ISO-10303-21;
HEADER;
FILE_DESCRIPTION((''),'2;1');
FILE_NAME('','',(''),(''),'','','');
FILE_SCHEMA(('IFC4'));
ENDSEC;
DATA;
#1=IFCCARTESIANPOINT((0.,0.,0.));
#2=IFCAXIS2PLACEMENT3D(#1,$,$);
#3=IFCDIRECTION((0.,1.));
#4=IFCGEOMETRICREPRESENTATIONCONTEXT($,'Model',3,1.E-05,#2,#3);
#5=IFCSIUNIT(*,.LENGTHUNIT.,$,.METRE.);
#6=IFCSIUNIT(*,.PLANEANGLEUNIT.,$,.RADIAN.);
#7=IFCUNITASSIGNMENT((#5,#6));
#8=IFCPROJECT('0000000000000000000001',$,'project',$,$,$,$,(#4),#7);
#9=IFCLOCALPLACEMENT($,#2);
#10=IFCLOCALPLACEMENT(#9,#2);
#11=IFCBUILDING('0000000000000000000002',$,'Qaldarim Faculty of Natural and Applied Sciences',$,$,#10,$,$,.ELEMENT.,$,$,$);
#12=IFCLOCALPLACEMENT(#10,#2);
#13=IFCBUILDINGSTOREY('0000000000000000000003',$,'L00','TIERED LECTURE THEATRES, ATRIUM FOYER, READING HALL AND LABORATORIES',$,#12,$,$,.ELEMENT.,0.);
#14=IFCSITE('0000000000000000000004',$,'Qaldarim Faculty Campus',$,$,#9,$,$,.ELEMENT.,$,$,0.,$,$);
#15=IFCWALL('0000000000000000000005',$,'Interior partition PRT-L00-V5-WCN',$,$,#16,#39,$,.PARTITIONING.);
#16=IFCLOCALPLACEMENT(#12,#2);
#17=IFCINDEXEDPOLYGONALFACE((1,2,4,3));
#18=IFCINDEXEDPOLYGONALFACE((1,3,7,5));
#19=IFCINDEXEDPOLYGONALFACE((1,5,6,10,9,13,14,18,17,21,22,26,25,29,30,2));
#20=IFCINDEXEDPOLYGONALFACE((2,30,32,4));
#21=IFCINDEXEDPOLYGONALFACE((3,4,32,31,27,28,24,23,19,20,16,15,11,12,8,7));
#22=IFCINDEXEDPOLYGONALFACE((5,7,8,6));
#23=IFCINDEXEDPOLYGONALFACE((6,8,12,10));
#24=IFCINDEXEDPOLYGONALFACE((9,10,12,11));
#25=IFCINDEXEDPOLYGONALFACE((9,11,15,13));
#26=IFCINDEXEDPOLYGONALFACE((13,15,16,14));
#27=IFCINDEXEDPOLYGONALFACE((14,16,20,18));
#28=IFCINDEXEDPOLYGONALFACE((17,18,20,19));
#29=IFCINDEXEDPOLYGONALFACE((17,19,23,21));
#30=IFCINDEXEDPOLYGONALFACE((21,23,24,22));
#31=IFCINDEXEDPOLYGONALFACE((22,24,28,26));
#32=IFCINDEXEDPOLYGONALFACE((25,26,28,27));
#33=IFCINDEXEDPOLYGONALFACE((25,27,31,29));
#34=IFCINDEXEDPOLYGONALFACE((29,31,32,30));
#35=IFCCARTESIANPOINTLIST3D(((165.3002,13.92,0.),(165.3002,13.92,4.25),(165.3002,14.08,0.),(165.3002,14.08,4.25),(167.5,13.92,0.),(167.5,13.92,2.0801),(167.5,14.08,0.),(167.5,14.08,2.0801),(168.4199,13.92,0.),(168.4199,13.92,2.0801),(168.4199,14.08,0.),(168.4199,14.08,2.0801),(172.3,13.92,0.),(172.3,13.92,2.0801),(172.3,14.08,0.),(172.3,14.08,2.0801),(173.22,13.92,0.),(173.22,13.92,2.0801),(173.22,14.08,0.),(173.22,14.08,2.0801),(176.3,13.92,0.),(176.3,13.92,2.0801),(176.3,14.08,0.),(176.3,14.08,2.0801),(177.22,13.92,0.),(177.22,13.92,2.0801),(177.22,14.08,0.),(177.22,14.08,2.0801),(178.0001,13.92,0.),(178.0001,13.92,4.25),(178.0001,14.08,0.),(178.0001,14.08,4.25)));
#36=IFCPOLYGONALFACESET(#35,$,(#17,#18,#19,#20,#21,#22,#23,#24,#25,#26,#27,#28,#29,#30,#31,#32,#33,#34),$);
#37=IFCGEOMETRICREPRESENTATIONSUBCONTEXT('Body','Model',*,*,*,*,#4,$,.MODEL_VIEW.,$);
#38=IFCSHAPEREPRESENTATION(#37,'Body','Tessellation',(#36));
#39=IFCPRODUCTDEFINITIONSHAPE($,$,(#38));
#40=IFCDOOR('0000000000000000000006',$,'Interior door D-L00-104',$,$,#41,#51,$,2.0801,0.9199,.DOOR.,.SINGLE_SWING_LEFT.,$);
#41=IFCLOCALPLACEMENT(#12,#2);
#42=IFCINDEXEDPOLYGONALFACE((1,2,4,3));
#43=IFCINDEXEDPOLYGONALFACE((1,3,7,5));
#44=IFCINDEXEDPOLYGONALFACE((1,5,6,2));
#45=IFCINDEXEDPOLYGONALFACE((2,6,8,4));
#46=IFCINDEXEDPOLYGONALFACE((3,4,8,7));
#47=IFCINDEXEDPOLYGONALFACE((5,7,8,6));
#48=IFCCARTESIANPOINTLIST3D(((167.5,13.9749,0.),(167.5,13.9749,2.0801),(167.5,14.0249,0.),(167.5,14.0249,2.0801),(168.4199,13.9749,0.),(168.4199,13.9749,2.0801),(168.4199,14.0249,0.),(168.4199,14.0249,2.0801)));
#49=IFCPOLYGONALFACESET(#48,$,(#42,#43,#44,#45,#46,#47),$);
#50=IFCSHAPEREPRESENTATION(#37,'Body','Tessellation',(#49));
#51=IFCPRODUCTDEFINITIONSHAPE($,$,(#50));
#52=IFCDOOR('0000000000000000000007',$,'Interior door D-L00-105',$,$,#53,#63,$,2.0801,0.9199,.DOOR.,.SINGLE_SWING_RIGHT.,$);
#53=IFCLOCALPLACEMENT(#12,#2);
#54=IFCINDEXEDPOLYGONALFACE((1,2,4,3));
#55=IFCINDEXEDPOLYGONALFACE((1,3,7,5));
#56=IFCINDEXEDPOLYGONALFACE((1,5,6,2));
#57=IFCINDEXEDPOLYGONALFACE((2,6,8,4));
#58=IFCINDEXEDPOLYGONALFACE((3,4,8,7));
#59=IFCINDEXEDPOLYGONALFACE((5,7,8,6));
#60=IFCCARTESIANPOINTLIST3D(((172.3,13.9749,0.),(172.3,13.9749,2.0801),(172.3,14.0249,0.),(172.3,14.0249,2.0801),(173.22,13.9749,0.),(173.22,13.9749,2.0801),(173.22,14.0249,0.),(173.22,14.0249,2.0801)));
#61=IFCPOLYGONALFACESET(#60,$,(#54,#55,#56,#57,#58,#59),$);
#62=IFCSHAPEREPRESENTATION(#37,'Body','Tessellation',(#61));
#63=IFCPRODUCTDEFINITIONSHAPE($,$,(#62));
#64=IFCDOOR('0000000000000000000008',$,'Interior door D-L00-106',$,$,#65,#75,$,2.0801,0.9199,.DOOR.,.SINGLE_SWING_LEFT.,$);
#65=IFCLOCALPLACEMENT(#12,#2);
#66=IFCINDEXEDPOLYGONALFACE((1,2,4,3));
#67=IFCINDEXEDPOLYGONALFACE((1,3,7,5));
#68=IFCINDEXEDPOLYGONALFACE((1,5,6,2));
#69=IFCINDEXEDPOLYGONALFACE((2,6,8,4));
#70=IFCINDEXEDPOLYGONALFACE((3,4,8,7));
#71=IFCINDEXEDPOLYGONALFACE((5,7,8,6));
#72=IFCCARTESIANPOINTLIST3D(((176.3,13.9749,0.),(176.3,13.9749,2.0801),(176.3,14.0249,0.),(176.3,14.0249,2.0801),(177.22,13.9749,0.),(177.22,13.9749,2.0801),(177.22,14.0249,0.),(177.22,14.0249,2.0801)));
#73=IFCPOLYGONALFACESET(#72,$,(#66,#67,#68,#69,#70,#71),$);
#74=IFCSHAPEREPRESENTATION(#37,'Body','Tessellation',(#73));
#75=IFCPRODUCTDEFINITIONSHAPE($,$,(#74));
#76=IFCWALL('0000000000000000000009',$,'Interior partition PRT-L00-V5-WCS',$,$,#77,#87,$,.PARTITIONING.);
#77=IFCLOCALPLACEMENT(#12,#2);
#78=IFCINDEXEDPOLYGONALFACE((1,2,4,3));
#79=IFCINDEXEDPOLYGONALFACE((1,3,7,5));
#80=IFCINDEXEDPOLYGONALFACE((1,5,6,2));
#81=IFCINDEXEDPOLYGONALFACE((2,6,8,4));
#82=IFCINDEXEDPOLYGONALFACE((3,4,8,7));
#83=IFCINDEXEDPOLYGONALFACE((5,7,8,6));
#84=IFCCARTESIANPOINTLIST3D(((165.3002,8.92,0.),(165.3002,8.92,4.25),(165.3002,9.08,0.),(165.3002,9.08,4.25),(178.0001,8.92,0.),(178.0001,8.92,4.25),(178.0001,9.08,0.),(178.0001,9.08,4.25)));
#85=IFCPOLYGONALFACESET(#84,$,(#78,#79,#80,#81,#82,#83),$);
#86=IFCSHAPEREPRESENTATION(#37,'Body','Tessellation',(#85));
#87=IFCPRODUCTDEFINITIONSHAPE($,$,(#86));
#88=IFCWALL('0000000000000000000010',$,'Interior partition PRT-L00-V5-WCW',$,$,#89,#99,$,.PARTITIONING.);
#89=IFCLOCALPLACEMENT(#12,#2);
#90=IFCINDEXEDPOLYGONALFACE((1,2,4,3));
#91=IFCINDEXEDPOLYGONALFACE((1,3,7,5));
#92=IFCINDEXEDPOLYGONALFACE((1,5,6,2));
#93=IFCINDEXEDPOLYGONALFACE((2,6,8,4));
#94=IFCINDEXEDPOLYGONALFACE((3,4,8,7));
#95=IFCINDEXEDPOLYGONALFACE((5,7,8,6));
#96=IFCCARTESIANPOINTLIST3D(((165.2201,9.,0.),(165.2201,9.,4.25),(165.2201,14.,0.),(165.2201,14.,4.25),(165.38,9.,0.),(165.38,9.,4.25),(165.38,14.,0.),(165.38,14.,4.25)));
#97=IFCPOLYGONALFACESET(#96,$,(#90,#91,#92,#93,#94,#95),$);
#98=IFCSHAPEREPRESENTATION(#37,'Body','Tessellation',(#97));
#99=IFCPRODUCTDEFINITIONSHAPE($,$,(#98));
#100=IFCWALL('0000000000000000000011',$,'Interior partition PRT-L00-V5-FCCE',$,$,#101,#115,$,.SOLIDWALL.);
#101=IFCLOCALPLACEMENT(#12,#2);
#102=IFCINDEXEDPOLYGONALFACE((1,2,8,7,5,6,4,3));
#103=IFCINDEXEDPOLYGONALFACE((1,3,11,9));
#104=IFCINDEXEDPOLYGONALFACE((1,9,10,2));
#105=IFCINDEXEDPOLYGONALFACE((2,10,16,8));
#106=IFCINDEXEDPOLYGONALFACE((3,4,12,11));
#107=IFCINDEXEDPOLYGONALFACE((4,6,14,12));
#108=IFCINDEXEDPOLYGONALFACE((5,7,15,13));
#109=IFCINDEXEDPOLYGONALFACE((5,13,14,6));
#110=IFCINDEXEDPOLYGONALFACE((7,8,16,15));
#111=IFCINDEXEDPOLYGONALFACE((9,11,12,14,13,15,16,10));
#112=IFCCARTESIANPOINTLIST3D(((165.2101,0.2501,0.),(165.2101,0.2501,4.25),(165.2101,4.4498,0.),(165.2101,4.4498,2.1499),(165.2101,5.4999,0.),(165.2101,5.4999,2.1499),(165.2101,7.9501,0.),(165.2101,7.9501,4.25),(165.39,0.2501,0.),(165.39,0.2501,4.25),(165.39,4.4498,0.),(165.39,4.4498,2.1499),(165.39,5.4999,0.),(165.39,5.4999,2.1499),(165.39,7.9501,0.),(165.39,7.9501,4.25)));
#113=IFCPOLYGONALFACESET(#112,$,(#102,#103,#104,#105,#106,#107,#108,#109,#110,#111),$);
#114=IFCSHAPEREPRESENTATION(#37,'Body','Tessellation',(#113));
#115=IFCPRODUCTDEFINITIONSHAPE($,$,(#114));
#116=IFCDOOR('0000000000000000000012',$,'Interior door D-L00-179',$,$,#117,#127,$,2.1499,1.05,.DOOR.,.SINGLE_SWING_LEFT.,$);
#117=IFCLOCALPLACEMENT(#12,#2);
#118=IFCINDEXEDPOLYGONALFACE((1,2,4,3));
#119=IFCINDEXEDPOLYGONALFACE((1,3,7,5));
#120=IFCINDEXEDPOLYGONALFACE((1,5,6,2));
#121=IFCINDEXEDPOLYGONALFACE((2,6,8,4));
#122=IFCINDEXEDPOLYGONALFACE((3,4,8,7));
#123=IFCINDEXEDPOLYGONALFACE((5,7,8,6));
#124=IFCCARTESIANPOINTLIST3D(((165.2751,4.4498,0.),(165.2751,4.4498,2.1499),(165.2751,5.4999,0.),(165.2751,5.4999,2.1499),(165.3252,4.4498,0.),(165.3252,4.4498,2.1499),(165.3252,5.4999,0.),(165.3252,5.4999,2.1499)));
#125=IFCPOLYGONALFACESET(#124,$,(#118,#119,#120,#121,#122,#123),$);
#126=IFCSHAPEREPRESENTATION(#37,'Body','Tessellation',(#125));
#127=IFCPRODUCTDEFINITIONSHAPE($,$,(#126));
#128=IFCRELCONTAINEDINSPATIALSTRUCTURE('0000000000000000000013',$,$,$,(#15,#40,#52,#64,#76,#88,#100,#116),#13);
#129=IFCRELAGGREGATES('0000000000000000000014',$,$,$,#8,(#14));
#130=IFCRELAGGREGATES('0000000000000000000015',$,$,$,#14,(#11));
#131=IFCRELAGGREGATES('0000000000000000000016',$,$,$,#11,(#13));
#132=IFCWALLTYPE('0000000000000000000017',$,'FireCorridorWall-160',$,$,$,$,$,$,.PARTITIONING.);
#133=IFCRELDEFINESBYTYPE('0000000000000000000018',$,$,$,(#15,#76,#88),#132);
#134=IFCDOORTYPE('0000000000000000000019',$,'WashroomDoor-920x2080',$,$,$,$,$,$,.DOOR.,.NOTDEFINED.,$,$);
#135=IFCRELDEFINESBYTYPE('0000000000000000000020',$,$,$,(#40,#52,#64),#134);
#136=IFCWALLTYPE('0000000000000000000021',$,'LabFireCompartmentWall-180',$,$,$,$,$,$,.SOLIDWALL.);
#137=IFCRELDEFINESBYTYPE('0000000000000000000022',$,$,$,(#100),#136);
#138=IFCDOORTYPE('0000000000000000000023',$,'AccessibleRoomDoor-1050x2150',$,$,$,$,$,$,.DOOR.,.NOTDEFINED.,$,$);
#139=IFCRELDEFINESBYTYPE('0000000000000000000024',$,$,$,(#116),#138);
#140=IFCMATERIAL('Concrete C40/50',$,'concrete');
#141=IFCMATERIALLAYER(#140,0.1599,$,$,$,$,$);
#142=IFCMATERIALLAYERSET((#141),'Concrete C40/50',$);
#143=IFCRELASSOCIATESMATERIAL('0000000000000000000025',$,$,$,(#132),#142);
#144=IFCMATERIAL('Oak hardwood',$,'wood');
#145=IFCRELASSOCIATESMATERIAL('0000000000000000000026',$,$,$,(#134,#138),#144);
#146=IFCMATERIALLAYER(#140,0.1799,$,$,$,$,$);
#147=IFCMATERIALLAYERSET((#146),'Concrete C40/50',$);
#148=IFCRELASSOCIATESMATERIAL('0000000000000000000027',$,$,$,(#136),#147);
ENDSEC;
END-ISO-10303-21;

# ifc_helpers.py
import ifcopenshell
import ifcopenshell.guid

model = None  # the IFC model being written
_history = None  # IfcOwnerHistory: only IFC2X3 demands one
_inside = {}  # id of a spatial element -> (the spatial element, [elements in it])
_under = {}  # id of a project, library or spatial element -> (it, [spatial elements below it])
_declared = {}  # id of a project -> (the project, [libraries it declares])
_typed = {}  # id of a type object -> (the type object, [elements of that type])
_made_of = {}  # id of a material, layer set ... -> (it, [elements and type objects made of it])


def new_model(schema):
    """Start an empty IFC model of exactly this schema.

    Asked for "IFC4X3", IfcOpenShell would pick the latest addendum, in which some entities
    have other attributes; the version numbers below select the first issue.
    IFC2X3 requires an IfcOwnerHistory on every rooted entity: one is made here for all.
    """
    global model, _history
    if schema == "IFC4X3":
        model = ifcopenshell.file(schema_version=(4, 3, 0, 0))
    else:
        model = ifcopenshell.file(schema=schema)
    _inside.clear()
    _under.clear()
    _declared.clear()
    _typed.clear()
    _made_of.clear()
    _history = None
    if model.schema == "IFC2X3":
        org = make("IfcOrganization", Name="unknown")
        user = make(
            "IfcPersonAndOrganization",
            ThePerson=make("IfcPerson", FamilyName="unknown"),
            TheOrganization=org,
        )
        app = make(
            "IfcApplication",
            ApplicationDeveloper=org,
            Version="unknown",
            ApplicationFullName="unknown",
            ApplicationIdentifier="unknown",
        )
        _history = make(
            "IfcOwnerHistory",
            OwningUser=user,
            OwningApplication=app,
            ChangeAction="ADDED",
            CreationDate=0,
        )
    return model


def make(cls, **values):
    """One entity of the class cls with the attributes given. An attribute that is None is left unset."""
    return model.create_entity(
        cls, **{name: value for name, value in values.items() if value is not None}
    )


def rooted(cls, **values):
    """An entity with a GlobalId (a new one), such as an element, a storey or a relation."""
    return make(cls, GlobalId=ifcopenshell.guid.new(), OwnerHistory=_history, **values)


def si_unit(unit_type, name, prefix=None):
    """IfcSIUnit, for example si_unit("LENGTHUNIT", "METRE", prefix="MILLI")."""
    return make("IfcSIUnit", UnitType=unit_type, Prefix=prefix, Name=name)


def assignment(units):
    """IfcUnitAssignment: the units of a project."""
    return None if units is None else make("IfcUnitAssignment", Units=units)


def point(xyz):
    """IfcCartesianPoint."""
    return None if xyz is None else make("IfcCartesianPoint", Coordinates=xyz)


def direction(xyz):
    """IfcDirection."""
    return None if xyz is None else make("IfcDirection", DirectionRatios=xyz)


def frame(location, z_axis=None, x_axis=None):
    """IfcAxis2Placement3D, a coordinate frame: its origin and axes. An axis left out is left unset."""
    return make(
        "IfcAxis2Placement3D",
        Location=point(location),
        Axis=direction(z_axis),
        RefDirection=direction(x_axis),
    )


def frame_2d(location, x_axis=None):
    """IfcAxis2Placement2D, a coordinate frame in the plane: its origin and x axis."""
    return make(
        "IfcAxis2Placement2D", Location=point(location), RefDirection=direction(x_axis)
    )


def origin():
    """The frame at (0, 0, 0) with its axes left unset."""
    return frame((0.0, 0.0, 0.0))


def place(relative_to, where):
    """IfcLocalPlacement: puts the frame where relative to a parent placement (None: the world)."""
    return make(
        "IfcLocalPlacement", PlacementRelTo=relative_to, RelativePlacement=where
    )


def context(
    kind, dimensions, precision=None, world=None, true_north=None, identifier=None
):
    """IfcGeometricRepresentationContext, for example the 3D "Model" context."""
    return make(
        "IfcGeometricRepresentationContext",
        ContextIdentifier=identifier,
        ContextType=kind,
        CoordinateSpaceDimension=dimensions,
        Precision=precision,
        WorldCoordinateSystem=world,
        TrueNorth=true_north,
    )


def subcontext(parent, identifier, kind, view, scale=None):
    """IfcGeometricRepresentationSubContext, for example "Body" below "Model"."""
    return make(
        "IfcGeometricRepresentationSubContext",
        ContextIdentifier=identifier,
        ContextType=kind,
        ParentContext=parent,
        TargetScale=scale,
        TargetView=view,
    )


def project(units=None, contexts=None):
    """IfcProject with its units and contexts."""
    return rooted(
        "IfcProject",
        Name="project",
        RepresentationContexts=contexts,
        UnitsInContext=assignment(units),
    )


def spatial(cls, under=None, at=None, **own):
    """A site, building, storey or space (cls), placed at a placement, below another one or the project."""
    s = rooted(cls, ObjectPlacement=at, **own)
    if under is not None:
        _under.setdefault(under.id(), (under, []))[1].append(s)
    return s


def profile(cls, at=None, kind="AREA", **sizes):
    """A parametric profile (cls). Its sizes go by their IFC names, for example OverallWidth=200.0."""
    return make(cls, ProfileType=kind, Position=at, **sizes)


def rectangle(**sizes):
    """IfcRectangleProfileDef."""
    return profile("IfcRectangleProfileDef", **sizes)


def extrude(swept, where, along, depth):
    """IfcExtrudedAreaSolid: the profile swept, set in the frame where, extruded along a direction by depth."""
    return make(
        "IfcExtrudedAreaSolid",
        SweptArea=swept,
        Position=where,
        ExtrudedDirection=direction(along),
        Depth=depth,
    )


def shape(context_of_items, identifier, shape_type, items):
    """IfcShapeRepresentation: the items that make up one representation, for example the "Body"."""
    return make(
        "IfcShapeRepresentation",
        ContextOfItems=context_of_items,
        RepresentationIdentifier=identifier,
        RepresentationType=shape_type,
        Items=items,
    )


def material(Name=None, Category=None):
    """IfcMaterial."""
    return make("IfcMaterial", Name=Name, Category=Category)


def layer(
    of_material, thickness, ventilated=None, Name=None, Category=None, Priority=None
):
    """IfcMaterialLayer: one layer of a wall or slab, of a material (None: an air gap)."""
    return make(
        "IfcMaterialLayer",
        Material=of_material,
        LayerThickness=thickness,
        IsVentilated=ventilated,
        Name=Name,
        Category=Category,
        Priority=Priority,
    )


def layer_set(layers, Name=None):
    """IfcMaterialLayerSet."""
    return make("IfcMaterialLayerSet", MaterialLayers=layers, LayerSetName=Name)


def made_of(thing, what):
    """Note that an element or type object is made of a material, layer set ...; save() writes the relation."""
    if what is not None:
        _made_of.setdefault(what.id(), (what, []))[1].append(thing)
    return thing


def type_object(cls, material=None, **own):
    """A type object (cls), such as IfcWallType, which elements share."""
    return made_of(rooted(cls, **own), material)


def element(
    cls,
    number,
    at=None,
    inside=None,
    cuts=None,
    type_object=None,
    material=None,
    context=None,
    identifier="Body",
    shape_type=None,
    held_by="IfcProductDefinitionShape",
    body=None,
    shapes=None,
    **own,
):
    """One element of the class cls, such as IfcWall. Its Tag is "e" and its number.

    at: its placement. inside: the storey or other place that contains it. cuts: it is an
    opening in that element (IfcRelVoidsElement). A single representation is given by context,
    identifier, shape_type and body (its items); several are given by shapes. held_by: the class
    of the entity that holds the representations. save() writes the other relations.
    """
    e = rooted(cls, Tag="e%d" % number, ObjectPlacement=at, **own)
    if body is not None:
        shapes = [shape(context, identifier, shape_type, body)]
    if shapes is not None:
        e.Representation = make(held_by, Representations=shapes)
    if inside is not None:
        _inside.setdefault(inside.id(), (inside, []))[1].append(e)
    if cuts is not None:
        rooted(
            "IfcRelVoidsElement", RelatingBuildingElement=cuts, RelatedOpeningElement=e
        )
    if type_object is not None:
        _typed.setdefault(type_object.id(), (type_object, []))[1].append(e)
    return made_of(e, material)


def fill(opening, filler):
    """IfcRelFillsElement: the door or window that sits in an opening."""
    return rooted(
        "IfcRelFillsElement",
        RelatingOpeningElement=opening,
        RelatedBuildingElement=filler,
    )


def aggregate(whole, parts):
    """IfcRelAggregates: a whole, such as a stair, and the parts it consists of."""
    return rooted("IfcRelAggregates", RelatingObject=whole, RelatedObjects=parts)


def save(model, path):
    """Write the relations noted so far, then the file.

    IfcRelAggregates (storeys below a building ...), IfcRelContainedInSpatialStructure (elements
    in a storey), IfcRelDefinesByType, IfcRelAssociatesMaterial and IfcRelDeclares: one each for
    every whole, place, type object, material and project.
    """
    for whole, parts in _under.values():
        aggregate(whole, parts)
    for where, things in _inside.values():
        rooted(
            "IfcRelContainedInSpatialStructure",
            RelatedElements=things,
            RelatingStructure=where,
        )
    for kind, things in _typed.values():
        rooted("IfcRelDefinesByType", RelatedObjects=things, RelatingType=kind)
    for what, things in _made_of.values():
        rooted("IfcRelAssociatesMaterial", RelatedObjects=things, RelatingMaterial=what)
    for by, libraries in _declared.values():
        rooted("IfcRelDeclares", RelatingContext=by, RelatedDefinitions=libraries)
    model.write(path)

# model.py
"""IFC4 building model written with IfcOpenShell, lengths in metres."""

from ifc_helpers import new_model, si_unit, direction, frame, frame_2d, origin, place, context, subcontext, project, spatial, rectangle, extrude, material, layer, layer_set, type_object, element, fill, save


model = new_model("IFC4")

# Units and contexts
model_context = context("Model", 3, precision=1e-05, world=origin(), true_north=direction((0.0, 1.0)))
body_context = subcontext(model_context, "Body", "Model", "MODEL_VIEW")
ifc_project = project(units=[si_unit("LENGTHUNIT", "METRE"), si_unit("PLANEANGLEUNIT", "RADIAN")], contexts=[model_context])

# Site, building, storey
site_placement = place(None, origin())
site = spatial("IfcSite", under=ifc_project, at=site_placement, Name="Qaldarim Faculty Campus", CompositionType="ELEMENT", RefElevation=0.0)
building_placement = place(site_placement, origin())
building = spatial("IfcBuilding", under=site, at=building_placement, Name="Qaldarim Faculty of Natural and Applied Sciences", CompositionType="ELEMENT")
storey_placement = place(building_placement, origin())
storey = spatial("IfcBuildingStorey", under=building, at=storey_placement, Name="L00", Description="TIERED LECTURE THEATRES, ATRIUM FOYER, READING HALL AND LABORATORIES", CompositionType="ELEMENT", Elevation=0.0)

# Shared definitions
ifc_material_1 = material(Name="Concrete C40/50", Category="concrete")

# Wall, openings, doors
ifc_layer_1 = layer(ifc_material_1, 0.1599)
ifc_layer_set_1 = layer_set([ifc_layer_1], Name="Concrete C40/50")
wall_type_1 = type_object("IfcWallType", Name="FireCorridorWall-160", PredefinedType="PARTITIONING", material=ifc_layer_set_1)
wall_1_placement = place(storey_placement, frame((165.3, 14.0, 0.0), z_axis=(0.0, 0.0, 1.0), x_axis=(1.0, 0.0, 0.0)))
wall_1 = element("IfcWall", 1, at=wall_1_placement, inside=storey, type_object=wall_type_1, Name="Interior partition PRT-L00-V5-WCN", PredefinedType="PARTITIONING", context=body_context, shape_type="SweptSolid", body=[
    extrude(rectangle(XDim=12.7, YDim=0.1599, at=frame_2d((6.3501, 0.0))), origin(), (0.0, 0.0, 1.0), 4.25),
])
opening_1_placement = place(wall_1_placement, frame((2.2, 0.0, 0.0)))
opening_1 = element("IfcOpeningElement", 2, at=opening_1_placement, cuts=wall_1, PredefinedType="OPENING", context=body_context, shape_type="SweptSolid", body=[
    extrude(rectangle(XDim=0.9199, YDim=2.0801, at=frame_2d((0.46, 1.04))), frame((0.0, 0.0898, 0.0), z_axis=(0.0, -1.0, 0.0), x_axis=(1.0, 0.0, 0.0)), (0.0, 0.0, 1.0), 0.1799),
])
opening_2_placement = place(wall_1_placement, frame((7.0, 0.0, 0.0)))
opening_2 = element("IfcOpeningElement", 3, at=opening_2_placement, cuts=wall_1, PredefinedType="OPENING", context=body_context, shape_type="SweptSolid", body=[
    extrude(rectangle(XDim=0.9199, YDim=2.0801, at=frame_2d((0.46, 1.04))), frame((0.0, 0.0898, 0.0), z_axis=(0.0, -1.0, 0.0), x_axis=(1.0, 0.0, 0.0)), (0.0, 0.0, 1.0), 0.1799),
])
opening_3_placement = place(wall_1_placement, frame((11.0, 0.0, 0.0)))
opening_3 = element("IfcOpeningElement", 4, at=opening_3_placement, cuts=wall_1, PredefinedType="OPENING", context=body_context, shape_type="SweptSolid", body=[
    extrude(rectangle(XDim=0.9199, YDim=2.0801, at=frame_2d((0.46, 1.04))), frame((0.0, 0.0898, 0.0), z_axis=(0.0, -1.0, 0.0), x_axis=(1.0, 0.0, 0.0)), (0.0, 0.0, 1.0), 0.1799),
])
ifc_material_2 = material(Name="Oak hardwood", Category="wood")
door_type_1 = type_object("IfcDoorType", Name="WashroomDoor-920x2080", OperationType="NOTDEFINED", PredefinedType="DOOR", material=ifc_material_2)
door_1_placement = place(opening_1_placement, origin())
door_1 = element("IfcDoor", 5, at=door_1_placement, inside=storey, type_object=door_type_1, Name="Interior door D-L00-104", OperationType="SINGLE_SWING_LEFT", OverallHeight=2.0801, OverallWidth=0.9199, PredefinedType="DOOR", context=body_context, shape_type="SweptSolid", body=[
    extrude(rectangle(XDim=0.9199, YDim=2.0801, at=frame_2d((0.46, 1.04))), frame((0.0, 0.0249, 0.0), z_axis=(0.0, -1.0, 0.0), x_axis=(1.0, 0.0, 0.0)), (0.0, 0.0, 1.0), 0.05),
])
fill(opening_1, door_1)
door_2_placement = place(opening_2_placement, origin())
door_2 = element("IfcDoor", 6, at=door_2_placement, inside=storey, type_object=door_type_1, Name="Interior door D-L00-105", OperationType="SINGLE_SWING_RIGHT", OverallHeight=2.0801, OverallWidth=0.9199, PredefinedType="DOOR", context=body_context, shape_type="SweptSolid", body=[
    extrude(rectangle(XDim=0.9199, YDim=2.0801, at=frame_2d((0.46, 1.04))), frame((0.0, 0.0249, 0.0), z_axis=(0.0, -1.0, 0.0), x_axis=(1.0, 0.0, 0.0)), (0.0, 0.0, 1.0), 0.05),
])
fill(opening_2, door_2)
door_3_placement = place(opening_3_placement, origin())
door_3 = element("IfcDoor", 7, at=door_3_placement, inside=storey, type_object=door_type_1, Name="Interior door D-L00-106", OperationType="SINGLE_SWING_LEFT", OverallHeight=2.0801, OverallWidth=0.9199, PredefinedType="DOOR", context=body_context, shape_type="SweptSolid", body=[
    extrude(rectangle(XDim=0.9199, YDim=2.0801, at=frame_2d((0.46, 1.04))), frame((0.0, 0.0249, 0.0), z_axis=(0.0, -1.0, 0.0), x_axis=(1.0, 0.0, 0.0)), (0.0, 0.0, 1.0), 0.05),
])
fill(opening_3, door_3)

# Walls
wall_2_placement = place(storey_placement, frame((165.3, 9.0, 0.0), z_axis=(0.0, 0.0, 1.0), x_axis=(1.0, 0.0, 0.0)))
element("IfcWall", 8, at=wall_2_placement, inside=storey, type_object=wall_type_1, Name="Interior partition PRT-L00-V5-WCS", PredefinedType="PARTITIONING", context=body_context, shape_type="SweptSolid", body=[
    extrude(rectangle(XDim=12.7, YDim=0.1599, at=frame_2d((6.3501, 0.0))), origin(), (0.0, 0.0, 1.0), 4.25),
])
wall_3_placement = place(storey_placement, frame((165.3, 9.0, 0.0), z_axis=(0.0, 0.0, 1.0), x_axis=(0.0, 1.0, 0.0)))
element("IfcWall", 9, at=wall_3_placement, inside=storey, type_object=wall_type_1, Name="Interior partition PRT-L00-V5-WCW", PredefinedType="PARTITIONING", context=body_context, shape_type="SweptSolid", body=[
    extrude(rectangle(XDim=5.0, YDim=0.1599, at=frame_2d((2.5, 0.0))), origin(), (0.0, 0.0, 1.0), 4.25),
])

# Wall, opening, door
ifc_layer_2 = layer(ifc_material_1, 0.1799)
ifc_layer_set_2 = layer_set([ifc_layer_2], Name="Concrete C40/50")
wall_type_2 = type_object("IfcWallType", Name="LabFireCompartmentWall-180", PredefinedType="SOLIDWALL", material=ifc_layer_set_2)
wall_4_placement = place(storey_placement, frame((165.3, 0.25, 0.0), z_axis=(0.0, 0.0, 1.0), x_axis=(0.0, 1.0, 0.0)))
wall_4 = element("IfcWall", 10, at=wall_4_placement, inside=storey, type_object=wall_type_2, Name="Interior partition PRT-L00-V5-FCCE", PredefinedType="SOLIDWALL", context=body_context, shape_type="SweptSolid", body=[
    extrude(rectangle(XDim=7.7, YDim=0.1799, at=frame_2d((3.8501, 0.0))), origin(), (0.0, 0.0, 1.0), 4.25),
])
opening_4_placement = place(wall_4_placement, frame((4.2, 0.0, 0.0)))
opening_4 = element("IfcOpeningElement", 11, at=opening_4_placement, cuts=wall_4, PredefinedType="OPENING", context=body_context, shape_type="SweptSolid", body=[
    extrude(rectangle(XDim=1.05, YDim=2.1499, at=frame_2d((0.5249, 1.075))), frame((0.0, 0.0999, 0.0), z_axis=(0.0, -1.0, 0.0), x_axis=(1.0, 0.0, 0.0)), (0.0, 0.0, 1.0), 0.2),
])
door_type_2 = type_object("IfcDoorType", Name="AccessibleRoomDoor-1050x2150", OperationType="NOTDEFINED", PredefinedType="DOOR", material=ifc_material_2)
door_4_placement = place(opening_4_placement, origin())
door_4 = element("IfcDoor", 12, at=door_4_placement, inside=storey, type_object=door_type_2, Name="Interior door D-L00-179", OperationType="SINGLE_SWING_LEFT", OverallHeight=2.1499, OverallWidth=1.05, PredefinedType="DOOR", context=body_context, shape_type="SweptSolid", body=[
    extrude(rectangle(XDim=1.05, YDim=2.1499, at=frame_2d((0.5249, 1.075))), frame((0.0, 0.0249, 0.0), z_axis=(0.0, -1.0, 0.0), x_axis=(1.0, 0.0, 0.0)), (0.0, 0.0, 1.0), 0.05),
])
fill(opening_4, door_4)

save(model, "model.ifc")
